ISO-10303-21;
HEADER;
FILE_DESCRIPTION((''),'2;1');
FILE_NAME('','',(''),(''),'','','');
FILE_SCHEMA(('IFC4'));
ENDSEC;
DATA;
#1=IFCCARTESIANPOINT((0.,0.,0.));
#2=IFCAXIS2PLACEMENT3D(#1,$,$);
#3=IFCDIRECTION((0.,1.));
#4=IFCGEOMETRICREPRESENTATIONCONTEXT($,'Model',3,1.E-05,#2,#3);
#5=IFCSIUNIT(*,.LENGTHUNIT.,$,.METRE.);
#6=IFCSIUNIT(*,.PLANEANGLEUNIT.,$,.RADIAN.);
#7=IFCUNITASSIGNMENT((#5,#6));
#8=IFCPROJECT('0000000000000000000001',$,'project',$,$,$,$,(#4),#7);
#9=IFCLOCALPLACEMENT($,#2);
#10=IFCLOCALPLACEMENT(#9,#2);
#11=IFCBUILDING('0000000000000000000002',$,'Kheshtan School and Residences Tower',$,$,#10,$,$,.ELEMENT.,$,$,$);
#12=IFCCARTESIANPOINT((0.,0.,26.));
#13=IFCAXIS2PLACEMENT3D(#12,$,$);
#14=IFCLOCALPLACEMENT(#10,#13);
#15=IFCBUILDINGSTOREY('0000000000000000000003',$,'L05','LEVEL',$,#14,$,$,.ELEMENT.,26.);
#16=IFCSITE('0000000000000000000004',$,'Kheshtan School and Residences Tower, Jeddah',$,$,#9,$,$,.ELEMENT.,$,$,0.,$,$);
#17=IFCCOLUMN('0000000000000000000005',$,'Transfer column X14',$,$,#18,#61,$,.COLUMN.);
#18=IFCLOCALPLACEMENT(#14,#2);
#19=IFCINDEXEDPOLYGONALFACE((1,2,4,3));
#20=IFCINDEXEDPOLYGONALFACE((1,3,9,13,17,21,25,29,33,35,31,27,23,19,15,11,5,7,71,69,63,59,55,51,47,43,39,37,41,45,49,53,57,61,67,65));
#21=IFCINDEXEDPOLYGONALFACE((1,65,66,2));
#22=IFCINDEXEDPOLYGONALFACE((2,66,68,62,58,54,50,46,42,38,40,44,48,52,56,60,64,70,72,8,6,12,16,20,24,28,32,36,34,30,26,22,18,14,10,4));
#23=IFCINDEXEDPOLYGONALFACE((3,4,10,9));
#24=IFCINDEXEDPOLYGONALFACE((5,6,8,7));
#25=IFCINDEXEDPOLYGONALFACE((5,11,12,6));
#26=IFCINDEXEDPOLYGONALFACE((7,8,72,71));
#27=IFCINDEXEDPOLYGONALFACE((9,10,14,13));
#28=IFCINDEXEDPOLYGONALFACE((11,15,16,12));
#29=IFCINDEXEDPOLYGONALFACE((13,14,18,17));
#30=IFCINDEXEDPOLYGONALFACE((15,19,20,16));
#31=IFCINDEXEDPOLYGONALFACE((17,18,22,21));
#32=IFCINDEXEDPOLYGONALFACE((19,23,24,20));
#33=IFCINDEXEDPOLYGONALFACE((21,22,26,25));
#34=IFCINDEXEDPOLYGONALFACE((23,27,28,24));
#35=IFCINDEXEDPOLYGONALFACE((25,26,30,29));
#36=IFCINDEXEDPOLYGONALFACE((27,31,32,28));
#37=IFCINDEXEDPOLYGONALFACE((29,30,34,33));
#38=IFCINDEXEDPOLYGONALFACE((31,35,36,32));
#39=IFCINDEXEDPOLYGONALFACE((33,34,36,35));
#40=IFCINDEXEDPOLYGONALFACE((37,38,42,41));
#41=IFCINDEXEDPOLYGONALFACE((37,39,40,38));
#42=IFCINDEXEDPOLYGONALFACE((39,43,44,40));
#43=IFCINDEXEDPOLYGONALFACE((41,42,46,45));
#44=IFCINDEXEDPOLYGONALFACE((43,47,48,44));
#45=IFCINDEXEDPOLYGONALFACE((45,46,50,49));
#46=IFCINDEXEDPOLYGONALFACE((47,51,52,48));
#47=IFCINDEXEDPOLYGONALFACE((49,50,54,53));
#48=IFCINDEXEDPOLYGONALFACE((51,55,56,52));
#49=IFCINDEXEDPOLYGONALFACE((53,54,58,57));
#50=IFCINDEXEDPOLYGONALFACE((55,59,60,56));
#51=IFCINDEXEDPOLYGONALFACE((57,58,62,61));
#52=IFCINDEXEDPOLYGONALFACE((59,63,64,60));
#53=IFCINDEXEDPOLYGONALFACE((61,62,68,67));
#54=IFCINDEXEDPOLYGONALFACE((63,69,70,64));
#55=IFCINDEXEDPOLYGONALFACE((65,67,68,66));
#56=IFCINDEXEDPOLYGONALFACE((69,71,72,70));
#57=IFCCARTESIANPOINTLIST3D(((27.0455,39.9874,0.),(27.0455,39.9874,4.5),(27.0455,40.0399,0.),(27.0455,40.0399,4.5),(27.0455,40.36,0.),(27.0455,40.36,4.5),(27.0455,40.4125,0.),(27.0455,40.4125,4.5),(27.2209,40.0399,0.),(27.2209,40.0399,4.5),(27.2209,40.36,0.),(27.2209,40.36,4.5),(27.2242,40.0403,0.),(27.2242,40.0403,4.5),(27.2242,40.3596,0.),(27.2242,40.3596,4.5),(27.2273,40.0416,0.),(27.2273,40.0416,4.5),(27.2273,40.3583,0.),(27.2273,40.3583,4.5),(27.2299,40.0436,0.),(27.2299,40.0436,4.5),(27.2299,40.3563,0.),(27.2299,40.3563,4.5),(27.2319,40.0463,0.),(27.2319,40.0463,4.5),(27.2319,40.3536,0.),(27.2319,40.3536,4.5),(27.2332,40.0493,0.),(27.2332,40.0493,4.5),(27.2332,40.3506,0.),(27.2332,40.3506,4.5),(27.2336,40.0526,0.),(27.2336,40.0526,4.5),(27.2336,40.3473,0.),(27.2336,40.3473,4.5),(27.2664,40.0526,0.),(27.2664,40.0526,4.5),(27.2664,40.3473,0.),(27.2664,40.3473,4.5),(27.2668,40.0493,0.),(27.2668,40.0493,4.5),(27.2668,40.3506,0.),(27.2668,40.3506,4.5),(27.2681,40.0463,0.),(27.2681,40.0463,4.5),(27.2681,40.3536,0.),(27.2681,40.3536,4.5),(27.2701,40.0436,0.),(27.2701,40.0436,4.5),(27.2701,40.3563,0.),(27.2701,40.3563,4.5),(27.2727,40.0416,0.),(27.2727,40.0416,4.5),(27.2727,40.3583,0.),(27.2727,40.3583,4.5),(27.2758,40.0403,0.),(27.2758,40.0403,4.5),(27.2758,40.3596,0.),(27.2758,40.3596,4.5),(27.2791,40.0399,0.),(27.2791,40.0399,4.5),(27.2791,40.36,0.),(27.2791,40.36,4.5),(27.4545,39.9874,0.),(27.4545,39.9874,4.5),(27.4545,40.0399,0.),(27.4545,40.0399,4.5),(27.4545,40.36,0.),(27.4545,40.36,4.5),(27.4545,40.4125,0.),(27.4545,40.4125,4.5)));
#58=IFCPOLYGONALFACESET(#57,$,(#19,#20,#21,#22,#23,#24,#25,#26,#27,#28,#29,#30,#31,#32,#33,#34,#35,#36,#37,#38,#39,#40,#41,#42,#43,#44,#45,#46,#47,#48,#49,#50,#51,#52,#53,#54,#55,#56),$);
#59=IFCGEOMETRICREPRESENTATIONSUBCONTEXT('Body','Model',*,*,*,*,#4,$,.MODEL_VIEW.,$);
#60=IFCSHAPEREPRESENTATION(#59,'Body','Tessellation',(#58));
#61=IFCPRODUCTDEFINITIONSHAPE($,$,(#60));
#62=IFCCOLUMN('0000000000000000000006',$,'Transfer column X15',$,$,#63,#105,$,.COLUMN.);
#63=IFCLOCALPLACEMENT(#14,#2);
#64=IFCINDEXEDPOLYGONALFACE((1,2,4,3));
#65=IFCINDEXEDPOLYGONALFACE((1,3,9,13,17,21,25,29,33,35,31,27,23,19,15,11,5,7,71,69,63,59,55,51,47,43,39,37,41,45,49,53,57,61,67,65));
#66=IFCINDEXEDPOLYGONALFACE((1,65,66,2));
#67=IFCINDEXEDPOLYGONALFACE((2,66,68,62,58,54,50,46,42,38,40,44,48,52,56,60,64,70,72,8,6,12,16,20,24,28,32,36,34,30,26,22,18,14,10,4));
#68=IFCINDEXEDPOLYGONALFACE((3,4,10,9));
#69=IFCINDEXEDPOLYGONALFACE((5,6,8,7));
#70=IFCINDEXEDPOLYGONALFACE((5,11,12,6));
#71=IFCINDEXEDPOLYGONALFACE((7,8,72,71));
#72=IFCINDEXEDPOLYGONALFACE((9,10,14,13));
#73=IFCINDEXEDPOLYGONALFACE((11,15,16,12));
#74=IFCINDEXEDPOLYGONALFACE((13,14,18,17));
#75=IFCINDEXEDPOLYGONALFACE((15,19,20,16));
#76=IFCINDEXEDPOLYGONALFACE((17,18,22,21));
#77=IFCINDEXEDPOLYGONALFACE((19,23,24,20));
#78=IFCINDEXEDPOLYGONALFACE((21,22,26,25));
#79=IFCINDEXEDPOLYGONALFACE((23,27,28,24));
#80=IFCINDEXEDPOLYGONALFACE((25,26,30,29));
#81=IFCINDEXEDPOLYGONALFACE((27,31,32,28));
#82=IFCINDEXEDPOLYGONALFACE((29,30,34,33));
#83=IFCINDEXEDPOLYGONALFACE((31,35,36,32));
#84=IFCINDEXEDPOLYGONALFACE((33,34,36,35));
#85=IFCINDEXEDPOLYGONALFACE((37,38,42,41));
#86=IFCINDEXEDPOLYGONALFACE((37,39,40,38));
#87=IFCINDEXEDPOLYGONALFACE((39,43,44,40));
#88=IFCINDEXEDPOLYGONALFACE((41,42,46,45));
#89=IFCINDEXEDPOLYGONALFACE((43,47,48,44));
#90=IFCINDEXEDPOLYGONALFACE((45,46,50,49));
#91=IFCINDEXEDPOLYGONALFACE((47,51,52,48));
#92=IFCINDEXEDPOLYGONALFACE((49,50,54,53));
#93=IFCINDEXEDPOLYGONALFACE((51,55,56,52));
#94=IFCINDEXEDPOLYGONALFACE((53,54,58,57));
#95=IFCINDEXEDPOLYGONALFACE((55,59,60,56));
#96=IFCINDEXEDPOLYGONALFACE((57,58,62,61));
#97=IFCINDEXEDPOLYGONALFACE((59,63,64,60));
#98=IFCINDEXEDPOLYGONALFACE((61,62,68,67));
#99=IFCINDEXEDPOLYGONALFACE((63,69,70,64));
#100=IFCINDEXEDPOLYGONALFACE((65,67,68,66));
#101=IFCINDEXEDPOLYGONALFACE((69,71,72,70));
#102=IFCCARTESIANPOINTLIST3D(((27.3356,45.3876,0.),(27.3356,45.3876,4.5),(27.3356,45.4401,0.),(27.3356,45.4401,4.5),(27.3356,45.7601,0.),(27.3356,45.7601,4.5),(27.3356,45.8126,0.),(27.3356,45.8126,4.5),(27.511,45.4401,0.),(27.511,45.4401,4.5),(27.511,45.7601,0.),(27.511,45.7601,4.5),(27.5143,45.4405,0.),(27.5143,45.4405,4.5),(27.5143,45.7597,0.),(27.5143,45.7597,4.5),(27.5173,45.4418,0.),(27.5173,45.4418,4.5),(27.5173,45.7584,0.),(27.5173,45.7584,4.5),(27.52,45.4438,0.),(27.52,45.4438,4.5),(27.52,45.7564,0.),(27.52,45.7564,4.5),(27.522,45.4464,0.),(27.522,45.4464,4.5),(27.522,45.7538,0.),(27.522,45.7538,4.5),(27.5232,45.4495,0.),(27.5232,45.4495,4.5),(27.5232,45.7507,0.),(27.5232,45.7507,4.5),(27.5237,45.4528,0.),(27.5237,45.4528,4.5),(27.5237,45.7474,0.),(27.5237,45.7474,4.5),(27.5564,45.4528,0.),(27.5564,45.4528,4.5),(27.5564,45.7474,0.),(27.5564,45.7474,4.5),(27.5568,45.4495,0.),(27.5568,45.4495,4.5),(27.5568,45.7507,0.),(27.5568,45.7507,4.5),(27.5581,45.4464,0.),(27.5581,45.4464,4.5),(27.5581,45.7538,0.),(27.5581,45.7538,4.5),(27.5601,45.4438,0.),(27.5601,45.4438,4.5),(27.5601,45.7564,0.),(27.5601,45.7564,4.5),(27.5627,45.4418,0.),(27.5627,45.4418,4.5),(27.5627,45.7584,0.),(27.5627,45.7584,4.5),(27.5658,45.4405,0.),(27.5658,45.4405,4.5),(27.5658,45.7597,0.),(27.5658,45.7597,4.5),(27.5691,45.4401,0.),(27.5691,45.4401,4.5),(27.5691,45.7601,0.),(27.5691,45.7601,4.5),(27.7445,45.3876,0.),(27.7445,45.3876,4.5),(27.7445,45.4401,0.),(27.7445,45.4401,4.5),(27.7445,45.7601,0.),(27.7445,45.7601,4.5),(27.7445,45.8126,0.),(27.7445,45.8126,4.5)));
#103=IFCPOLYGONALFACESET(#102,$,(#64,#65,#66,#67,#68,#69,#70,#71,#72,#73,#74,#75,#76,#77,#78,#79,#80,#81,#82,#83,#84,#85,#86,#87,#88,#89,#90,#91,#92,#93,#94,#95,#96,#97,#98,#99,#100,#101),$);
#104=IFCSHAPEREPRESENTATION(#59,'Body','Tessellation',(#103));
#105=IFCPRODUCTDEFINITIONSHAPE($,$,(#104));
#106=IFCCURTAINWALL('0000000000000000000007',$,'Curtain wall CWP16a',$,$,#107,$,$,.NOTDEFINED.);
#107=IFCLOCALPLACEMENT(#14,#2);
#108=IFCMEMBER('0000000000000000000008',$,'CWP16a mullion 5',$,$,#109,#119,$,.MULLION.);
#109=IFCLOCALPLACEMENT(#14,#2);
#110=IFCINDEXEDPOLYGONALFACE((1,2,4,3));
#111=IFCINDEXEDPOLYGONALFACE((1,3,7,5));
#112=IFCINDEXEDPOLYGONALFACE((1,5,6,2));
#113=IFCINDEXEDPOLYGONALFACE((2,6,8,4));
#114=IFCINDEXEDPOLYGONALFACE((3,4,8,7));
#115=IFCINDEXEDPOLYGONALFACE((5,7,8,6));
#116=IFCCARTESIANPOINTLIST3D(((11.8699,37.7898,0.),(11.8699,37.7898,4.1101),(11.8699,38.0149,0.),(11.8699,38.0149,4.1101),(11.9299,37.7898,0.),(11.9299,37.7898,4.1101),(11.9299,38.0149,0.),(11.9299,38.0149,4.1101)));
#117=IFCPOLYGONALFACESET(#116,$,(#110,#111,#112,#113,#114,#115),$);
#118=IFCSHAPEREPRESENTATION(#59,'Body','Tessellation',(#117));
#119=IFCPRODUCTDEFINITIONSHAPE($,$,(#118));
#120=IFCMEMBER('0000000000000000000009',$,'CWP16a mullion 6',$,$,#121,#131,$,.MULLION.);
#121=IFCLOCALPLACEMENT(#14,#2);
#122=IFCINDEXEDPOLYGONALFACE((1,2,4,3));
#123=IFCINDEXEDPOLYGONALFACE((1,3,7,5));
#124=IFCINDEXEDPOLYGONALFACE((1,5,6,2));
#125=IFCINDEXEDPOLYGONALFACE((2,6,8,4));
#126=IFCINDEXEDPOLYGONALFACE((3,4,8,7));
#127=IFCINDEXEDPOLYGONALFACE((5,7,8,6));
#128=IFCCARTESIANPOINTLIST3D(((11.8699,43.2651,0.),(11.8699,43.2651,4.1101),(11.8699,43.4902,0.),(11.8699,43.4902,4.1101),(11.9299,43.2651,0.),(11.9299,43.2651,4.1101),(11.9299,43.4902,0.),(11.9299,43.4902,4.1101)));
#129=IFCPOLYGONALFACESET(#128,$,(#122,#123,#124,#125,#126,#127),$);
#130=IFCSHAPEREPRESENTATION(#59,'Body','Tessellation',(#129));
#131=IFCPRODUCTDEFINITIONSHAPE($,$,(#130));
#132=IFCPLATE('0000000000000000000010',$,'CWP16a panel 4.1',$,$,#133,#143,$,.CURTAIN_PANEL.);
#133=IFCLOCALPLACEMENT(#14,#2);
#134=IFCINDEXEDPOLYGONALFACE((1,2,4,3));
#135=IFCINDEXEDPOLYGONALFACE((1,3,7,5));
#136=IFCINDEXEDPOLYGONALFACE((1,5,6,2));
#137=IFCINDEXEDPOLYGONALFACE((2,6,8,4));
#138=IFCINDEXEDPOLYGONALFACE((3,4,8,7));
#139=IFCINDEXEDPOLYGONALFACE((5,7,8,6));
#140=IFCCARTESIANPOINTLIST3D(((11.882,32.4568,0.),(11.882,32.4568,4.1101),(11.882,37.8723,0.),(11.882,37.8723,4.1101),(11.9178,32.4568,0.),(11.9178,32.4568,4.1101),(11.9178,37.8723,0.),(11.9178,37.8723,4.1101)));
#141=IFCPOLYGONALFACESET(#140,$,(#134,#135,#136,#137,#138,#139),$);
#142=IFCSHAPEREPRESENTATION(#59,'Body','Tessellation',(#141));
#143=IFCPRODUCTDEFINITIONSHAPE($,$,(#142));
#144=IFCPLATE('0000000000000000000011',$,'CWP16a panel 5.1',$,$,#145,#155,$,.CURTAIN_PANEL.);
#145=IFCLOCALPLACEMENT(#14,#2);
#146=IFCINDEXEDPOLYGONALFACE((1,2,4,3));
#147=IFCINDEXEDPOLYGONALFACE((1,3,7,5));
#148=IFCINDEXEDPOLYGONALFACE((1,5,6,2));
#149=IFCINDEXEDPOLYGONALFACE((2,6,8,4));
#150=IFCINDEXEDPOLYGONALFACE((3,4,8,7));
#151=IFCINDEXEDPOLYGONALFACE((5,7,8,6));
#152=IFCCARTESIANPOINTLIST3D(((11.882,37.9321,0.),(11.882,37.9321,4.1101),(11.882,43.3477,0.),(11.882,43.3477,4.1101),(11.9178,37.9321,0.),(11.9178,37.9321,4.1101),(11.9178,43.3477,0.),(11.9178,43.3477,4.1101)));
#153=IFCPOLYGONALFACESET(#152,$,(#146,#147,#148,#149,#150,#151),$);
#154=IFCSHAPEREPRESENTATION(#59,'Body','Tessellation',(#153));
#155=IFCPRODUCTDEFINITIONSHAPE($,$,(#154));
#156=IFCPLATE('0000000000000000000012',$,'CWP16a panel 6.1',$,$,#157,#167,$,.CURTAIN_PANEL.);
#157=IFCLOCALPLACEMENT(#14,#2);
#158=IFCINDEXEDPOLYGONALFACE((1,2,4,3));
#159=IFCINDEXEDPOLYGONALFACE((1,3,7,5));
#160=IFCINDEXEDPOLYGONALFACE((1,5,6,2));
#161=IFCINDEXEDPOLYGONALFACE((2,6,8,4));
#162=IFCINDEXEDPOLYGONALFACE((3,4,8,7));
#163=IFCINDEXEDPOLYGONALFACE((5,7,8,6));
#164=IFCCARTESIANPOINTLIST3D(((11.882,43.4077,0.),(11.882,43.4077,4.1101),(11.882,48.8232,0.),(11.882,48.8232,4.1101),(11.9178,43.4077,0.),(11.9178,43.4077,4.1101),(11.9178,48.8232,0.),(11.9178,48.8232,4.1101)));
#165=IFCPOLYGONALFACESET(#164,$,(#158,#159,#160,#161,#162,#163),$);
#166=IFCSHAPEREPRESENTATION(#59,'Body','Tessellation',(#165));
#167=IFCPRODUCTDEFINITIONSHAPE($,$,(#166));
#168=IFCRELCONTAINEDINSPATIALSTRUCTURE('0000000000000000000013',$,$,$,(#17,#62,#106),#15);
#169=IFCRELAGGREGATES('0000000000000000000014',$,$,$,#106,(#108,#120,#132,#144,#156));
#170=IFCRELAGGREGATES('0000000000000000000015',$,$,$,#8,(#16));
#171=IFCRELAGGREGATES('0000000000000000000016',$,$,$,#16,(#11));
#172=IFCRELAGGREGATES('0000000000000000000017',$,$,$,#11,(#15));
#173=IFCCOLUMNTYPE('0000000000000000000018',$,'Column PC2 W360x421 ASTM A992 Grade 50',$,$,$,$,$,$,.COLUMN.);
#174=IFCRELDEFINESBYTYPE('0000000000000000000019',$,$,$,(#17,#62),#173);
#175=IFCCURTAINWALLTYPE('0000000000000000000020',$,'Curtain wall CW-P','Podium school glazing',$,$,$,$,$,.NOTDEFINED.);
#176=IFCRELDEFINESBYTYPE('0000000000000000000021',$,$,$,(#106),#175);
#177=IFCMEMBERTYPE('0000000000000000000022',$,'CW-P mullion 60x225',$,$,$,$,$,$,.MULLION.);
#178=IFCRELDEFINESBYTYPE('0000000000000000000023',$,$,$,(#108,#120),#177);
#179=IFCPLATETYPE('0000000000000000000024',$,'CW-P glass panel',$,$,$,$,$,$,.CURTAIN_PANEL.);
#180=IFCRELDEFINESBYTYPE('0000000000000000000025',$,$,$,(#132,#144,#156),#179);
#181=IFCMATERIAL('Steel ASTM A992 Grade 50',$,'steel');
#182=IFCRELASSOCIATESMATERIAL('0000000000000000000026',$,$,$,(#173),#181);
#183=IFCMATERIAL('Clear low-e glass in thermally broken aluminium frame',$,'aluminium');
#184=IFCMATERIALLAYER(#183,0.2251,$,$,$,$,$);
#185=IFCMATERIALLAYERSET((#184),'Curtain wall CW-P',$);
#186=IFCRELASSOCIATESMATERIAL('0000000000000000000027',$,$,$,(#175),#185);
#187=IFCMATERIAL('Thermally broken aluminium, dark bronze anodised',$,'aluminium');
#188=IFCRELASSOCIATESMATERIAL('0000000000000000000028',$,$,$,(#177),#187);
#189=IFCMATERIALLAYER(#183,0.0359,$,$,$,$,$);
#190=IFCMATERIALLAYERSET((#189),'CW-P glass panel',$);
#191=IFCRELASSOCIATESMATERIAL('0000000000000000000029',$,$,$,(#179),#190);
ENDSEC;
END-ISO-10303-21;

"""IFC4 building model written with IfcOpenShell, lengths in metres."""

from ifc_helpers import new_model, si_unit, direction, frame, origin, origin_2d, place, context, subcontext, project, spatial, rectangle, i_section, extrude, material, layer, layer_set, material_profile, profile_set, type_object, element, aggregate, save


model = new_model("IFC4")

# Units and contexts
model_context = context("Model", 3, precision=1e-05, world=origin(), true_north=direction((0.0, 1.0)))
body_context = subcontext(model_context, "Body", "Model", "MODEL_VIEW")
ifc_project = project(units=[si_unit("LENGTHUNIT", "METRE"), si_unit("PLANEANGLEUNIT", "RADIAN")], contexts=[model_context])

# Site, building, storey
site_placement = place(None, origin())
site = spatial("IfcSite", under=ifc_project, at=site_placement, Name="Kheshtan School and Residences Tower, Jeddah", CompositionType="ELEMENT", RefElevation=0.0)
building_placement = place(site_placement, origin())
building = spatial("IfcBuilding", under=site, at=building_placement, Name="Kheshtan School and Residences Tower", CompositionType="ELEMENT")
storey_placement = place(building_placement, frame((0.0, 0.0, 26.0)))
storey = spatial("IfcBuildingStorey", under=building, at=storey_placement, Name="L05", Description="LEVEL", CompositionType="ELEMENT", Elevation=26.0)

# Columns
ifc_material_1 = material(Name="Steel ASTM A992 Grade 50", Category="steel")
ifc_material_profile_1 = material_profile(ifc_material_1, i_section(OverallWidth=0.4089, OverallDepth=0.425, WebThickness=0.0327, FlangeThickness=0.0525, FilletRadius=0.0127, at=origin_2d()), Name="W360x421")
ifc_profile_set_1 = profile_set([ifc_material_profile_1], Name="Steel ASTM A992 Grade 50")
column_type = type_object("IfcColumnType", Name="Column PC2 W360x421 ASTM A992 Grade 50", PredefinedType="COLUMN", material=ifc_profile_set_1)
for number, where, z_axis, x_axis, name in (
    (1, (27.25, 40.2, 0.0), (0.0, 0.0, 1.0), (1.0, 0.0, 0.0), "Transfer column X14"),
    (2, (27.54, 45.6001, 0.0), (0.0, 0.0, 1.0), (1.0, 0.0, 0.0), "Transfer column X15"),
):
    element("IfcColumn", number, at=place(storey_placement, frame(where, z_axis=z_axis, x_axis=x_axis)), inside=storey, type_object=column_type, Name=name, PredefinedType="COLUMN", context=body_context, shape_type="SweptSolid", body=[
        extrude(i_section(OverallWidth=0.4089, OverallDepth=0.425, WebThickness=0.0327, FlangeThickness=0.0525, FilletRadius=0.0127, at=origin_2d()), origin(), (0.0, 0.0, 1.0), 4.5),
    ])

# Curtain wall, members, plates
ifc_material_2 = material(Name="Clear low-e glass in thermally broken aluminium frame", Category="aluminium")
ifc_layer_1 = layer(ifc_material_2, 0.2251)
ifc_layer_set_1 = layer_set([ifc_layer_1], Name="Curtain wall CW-P")
curtain_wall_type = type_object("IfcCurtainWallType", Name="Curtain wall CW-P", Description="Podium school glazing", PredefinedType="NOTDEFINED", material=ifc_layer_set_1)
curtain_wall_placement = place(storey_placement, origin())
curtain_wall = element("IfcCurtainWall", 3, at=curtain_wall_placement, inside=storey, type_object=curtain_wall_type, Name="Curtain wall CWP16a", PredefinedType="NOTDEFINED")
ifc_material_3 = material(Name="Thermally broken aluminium, dark bronze anodised", Category="aluminium")
ifc_material_profile_2 = material_profile(ifc_material_3, rectangle(XDim=0.0601, YDim=0.2251, at=origin_2d()), Name="CW-P mullion 60x225")
ifc_profile_set_2 = profile_set([ifc_material_profile_2], Name="Thermally broken aluminium, dark bronze anodised")
member_type = type_object("IfcMemberType", Name="CW-P mullion 60x225", PredefinedType="MULLION", material=ifc_profile_set_2)
member_1_placement = place(storey_placement, frame((11.8999, 37.9023, 0.0), z_axis=(0.0, 0.0, 1.0), x_axis=(-1.0, 0.0, 0.0)))
member_1 = element("IfcMember", 4, at=member_1_placement, type_object=member_type, Name="CWP16a mullion 5", PredefinedType="MULLION", context=body_context, shape_type="SweptSolid", body=[
    extrude(rectangle(XDim=0.0601, YDim=0.2251, at=origin_2d()), origin(), (0.0, 0.0, 1.0), 4.1101),
])
member_2_placement = place(storey_placement, frame((11.8999, 43.3777, 0.0), z_axis=(0.0, 0.0, 1.0), x_axis=(-1.0, 0.0, 0.0)))
member_2 = element("IfcMember", 5, at=member_2_placement, type_object=member_type, Name="CWP16a mullion 6", PredefinedType="MULLION", context=body_context, shape_type="SweptSolid", body=[
    extrude(rectangle(XDim=0.0601, YDim=0.2251, at=origin_2d()), origin(), (0.0, 0.0, 1.0), 4.1101),
])
ifc_layer_2 = layer(ifc_material_2, 0.0359)
ifc_layer_set_2 = layer_set([ifc_layer_2], Name="CW-P glass panel")
plate_type = type_object("IfcPlateType", Name="CW-P glass panel", PredefinedType="CURTAIN_PANEL", material=ifc_layer_set_2)
plate_1_placement = place(storey_placement, frame((11.8999, 35.1646, 0.0), z_axis=(0.0, 0.0, 1.0), x_axis=(0.0, 1.0, 0.0)))
plate_1 = element("IfcPlate", 6, at=plate_1_placement, type_object=plate_type, Name="CWP16a panel 4.1", PredefinedType="CURTAIN_PANEL", context=body_context, shape_type="SweptSolid", body=[
    extrude(rectangle(XDim=5.4155, YDim=0.0359, at=origin_2d()), origin(), (0.0, 0.0, 1.0), 4.1101),
])
plate_2_placement = place(storey_placement, frame((11.8999, 40.6399, 0.0), z_axis=(0.0, 0.0, 1.0), x_axis=(0.0, 1.0, 0.0)))
plate_2 = element("IfcPlate", 7, at=plate_2_placement, type_object=plate_type, Name="CWP16a panel 5.1", PredefinedType="CURTAIN_PANEL", context=body_context, shape_type="SweptSolid", body=[
    extrude(rectangle(XDim=5.4155, YDim=0.0359, at=origin_2d()), origin(), (0.0, 0.0, 1.0), 4.1101),
])
plate_3_placement = place(storey_placement, frame((11.8999, 46.1155, 0.0), z_axis=(0.0, 0.0, 1.0), x_axis=(0.0, 1.0, 0.0)))
plate_3 = element("IfcPlate", 8, at=plate_3_placement, type_object=plate_type, Name="CWP16a panel 6.1", PredefinedType="CURTAIN_PANEL", context=body_context, shape_type="SweptSolid", body=[
    extrude(rectangle(XDim=5.4155, YDim=0.0359, at=origin_2d()), origin(), (0.0, 0.0, 1.0), 4.1101),
])
aggregate(curtain_wall, [member_1, member_2, plate_1, plate_2, plate_3])

save(model, "model.ifc")
